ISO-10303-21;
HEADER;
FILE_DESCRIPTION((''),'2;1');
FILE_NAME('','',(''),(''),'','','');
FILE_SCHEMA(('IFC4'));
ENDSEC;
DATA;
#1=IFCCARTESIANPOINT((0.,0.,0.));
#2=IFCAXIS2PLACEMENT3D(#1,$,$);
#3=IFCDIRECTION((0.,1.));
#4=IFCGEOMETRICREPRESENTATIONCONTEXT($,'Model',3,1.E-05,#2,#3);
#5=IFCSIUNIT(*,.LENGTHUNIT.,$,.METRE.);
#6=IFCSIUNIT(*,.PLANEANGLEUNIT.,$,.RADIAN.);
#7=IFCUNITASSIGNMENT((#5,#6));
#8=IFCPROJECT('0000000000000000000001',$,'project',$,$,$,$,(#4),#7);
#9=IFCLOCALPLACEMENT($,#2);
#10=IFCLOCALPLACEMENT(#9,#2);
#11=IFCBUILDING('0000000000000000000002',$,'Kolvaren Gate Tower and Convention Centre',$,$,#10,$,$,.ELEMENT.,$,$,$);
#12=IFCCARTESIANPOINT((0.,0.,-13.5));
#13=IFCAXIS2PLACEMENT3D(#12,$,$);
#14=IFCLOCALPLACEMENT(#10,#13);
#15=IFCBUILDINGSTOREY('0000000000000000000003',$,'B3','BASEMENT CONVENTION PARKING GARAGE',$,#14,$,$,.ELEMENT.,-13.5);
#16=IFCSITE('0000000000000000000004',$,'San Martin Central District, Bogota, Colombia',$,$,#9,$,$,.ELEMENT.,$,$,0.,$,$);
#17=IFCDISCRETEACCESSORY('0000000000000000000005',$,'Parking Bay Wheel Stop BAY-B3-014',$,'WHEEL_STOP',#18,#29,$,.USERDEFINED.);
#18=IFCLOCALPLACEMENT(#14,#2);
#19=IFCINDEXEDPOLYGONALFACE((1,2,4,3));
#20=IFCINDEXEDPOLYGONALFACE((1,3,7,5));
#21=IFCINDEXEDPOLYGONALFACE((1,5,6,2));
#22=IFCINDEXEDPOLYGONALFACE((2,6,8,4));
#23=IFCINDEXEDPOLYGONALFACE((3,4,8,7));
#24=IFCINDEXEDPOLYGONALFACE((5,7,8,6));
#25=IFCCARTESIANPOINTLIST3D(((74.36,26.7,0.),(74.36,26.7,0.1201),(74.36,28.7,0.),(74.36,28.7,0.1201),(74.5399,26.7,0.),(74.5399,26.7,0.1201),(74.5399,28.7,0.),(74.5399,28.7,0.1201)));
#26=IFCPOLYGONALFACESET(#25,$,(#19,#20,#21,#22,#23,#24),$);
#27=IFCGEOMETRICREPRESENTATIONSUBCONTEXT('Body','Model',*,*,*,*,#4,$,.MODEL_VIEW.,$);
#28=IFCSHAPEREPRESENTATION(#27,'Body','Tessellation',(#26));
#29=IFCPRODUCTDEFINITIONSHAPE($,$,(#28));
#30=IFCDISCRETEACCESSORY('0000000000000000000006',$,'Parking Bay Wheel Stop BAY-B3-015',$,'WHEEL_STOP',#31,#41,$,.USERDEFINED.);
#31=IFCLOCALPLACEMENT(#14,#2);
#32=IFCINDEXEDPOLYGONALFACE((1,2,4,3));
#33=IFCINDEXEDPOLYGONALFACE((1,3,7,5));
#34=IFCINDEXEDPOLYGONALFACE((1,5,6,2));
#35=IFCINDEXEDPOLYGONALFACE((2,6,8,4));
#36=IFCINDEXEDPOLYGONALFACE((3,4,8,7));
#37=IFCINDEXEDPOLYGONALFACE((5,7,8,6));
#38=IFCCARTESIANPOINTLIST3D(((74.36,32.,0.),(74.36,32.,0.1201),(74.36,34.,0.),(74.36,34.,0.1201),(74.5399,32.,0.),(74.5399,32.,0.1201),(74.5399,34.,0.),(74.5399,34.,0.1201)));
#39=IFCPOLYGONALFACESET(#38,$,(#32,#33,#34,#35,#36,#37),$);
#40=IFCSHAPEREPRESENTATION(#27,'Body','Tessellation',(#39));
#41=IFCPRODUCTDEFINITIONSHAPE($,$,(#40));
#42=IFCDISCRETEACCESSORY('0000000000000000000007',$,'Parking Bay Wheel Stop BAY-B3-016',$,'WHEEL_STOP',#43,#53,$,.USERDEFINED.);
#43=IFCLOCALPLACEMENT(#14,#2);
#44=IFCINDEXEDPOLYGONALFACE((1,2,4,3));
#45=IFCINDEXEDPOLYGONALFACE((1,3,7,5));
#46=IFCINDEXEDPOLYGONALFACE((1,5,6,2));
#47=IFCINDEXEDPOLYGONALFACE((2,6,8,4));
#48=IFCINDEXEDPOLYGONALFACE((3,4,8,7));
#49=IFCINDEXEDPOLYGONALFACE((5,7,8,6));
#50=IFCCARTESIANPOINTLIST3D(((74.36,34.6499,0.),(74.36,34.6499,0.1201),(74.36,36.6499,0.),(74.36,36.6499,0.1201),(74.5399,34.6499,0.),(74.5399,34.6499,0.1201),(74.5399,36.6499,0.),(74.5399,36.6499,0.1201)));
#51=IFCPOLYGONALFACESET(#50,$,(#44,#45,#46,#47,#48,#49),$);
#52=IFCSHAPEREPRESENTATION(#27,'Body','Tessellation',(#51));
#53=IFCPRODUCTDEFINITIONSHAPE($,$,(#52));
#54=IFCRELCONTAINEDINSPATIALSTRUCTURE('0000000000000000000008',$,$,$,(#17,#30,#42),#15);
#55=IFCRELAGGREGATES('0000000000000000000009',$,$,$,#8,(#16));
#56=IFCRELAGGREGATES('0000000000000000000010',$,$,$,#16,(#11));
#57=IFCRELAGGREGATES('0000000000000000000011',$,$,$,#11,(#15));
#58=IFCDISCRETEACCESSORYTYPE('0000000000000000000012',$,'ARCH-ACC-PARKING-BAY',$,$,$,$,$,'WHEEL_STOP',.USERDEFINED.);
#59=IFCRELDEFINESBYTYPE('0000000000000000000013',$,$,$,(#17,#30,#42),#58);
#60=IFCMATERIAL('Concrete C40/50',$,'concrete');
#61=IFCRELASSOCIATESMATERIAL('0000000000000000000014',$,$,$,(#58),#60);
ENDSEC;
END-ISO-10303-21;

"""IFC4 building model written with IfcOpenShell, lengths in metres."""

from ifc_helpers import new_model, si_unit, direction, frame, origin, origin_2d, place, context, subcontext, project, spatial, rectangle, extrude, material, type_object, element, save


model = new_model("IFC4")

# Units and contexts
model_context = context("Model", 3, precision=1e-05, world=origin(), true_north=direction((0.0, 1.0)))
body_context = subcontext(model_context, "Body", "Model", "MODEL_VIEW")
ifc_project = project(units=[si_unit("LENGTHUNIT", "METRE"), si_unit("PLANEANGLEUNIT", "RADIAN")], contexts=[model_context])

# Site, building, storey
site_placement = place(None, origin())
site = spatial("IfcSite", under=ifc_project, at=site_placement, Name="San Martin Central District, Bogota, Colombia", CompositionType="ELEMENT", RefElevation=0.0)
building_placement = place(site_placement, origin())
building = spatial("IfcBuilding", under=site, at=building_placement, Name="Kolvaren Gate Tower and Convention Centre", CompositionType="ELEMENT")
storey_placement = place(building_placement, frame((0.0, 0.0, -13.5)))
storey = spatial("IfcBuildingStorey", under=building, at=storey_placement, Name="B3", Description="BASEMENT CONVENTION PARKING GARAGE", CompositionType="ELEMENT", Elevation=-13.5)

# Discrete accessories
ifc_material_1 = material(Name="Concrete C40/50", Category="concrete")
discrete_accessory_type = type_object("IfcDiscreteAccessoryType", Name="ARCH-ACC-PARKING-BAY", ElementType="WHEEL_STOP", PredefinedType="USERDEFINED", material=ifc_material_1)
for number, where, z_axis, x_axis, name in (
    (1, (74.45, 27.7, 0.0), (0.0, 0.0, 1.0), (0.0, 1.0, 0.0), "Parking Bay Wheel Stop BAY-B3-014"),
    (2, (74.45, 33.0, 0.0), (0.0, 0.0, 1.0), (0.0, 1.0, 0.0), "Parking Bay Wheel Stop BAY-B3-015"),
    (3, (74.45, 35.6499, 0.0), (0.0, 0.0, 1.0), (0.0, 1.0, 0.0), "Parking Bay Wheel Stop BAY-B3-016"),
):
    element("IfcDiscreteAccessory", number, at=place(storey_placement, frame(where, z_axis=z_axis, x_axis=x_axis)), inside=storey, type_object=discrete_accessory_type, Name=name, ObjectType="WHEEL_STOP", PredefinedType="USERDEFINED", context=body_context, shape_type="SweptSolid", body=[
        extrude(rectangle(XDim=2.0, YDim=0.1799, at=origin_2d()), origin(), (0.0, 0.0, 1.0), 0.1201),
    ])

save(model, "model.ifc")
